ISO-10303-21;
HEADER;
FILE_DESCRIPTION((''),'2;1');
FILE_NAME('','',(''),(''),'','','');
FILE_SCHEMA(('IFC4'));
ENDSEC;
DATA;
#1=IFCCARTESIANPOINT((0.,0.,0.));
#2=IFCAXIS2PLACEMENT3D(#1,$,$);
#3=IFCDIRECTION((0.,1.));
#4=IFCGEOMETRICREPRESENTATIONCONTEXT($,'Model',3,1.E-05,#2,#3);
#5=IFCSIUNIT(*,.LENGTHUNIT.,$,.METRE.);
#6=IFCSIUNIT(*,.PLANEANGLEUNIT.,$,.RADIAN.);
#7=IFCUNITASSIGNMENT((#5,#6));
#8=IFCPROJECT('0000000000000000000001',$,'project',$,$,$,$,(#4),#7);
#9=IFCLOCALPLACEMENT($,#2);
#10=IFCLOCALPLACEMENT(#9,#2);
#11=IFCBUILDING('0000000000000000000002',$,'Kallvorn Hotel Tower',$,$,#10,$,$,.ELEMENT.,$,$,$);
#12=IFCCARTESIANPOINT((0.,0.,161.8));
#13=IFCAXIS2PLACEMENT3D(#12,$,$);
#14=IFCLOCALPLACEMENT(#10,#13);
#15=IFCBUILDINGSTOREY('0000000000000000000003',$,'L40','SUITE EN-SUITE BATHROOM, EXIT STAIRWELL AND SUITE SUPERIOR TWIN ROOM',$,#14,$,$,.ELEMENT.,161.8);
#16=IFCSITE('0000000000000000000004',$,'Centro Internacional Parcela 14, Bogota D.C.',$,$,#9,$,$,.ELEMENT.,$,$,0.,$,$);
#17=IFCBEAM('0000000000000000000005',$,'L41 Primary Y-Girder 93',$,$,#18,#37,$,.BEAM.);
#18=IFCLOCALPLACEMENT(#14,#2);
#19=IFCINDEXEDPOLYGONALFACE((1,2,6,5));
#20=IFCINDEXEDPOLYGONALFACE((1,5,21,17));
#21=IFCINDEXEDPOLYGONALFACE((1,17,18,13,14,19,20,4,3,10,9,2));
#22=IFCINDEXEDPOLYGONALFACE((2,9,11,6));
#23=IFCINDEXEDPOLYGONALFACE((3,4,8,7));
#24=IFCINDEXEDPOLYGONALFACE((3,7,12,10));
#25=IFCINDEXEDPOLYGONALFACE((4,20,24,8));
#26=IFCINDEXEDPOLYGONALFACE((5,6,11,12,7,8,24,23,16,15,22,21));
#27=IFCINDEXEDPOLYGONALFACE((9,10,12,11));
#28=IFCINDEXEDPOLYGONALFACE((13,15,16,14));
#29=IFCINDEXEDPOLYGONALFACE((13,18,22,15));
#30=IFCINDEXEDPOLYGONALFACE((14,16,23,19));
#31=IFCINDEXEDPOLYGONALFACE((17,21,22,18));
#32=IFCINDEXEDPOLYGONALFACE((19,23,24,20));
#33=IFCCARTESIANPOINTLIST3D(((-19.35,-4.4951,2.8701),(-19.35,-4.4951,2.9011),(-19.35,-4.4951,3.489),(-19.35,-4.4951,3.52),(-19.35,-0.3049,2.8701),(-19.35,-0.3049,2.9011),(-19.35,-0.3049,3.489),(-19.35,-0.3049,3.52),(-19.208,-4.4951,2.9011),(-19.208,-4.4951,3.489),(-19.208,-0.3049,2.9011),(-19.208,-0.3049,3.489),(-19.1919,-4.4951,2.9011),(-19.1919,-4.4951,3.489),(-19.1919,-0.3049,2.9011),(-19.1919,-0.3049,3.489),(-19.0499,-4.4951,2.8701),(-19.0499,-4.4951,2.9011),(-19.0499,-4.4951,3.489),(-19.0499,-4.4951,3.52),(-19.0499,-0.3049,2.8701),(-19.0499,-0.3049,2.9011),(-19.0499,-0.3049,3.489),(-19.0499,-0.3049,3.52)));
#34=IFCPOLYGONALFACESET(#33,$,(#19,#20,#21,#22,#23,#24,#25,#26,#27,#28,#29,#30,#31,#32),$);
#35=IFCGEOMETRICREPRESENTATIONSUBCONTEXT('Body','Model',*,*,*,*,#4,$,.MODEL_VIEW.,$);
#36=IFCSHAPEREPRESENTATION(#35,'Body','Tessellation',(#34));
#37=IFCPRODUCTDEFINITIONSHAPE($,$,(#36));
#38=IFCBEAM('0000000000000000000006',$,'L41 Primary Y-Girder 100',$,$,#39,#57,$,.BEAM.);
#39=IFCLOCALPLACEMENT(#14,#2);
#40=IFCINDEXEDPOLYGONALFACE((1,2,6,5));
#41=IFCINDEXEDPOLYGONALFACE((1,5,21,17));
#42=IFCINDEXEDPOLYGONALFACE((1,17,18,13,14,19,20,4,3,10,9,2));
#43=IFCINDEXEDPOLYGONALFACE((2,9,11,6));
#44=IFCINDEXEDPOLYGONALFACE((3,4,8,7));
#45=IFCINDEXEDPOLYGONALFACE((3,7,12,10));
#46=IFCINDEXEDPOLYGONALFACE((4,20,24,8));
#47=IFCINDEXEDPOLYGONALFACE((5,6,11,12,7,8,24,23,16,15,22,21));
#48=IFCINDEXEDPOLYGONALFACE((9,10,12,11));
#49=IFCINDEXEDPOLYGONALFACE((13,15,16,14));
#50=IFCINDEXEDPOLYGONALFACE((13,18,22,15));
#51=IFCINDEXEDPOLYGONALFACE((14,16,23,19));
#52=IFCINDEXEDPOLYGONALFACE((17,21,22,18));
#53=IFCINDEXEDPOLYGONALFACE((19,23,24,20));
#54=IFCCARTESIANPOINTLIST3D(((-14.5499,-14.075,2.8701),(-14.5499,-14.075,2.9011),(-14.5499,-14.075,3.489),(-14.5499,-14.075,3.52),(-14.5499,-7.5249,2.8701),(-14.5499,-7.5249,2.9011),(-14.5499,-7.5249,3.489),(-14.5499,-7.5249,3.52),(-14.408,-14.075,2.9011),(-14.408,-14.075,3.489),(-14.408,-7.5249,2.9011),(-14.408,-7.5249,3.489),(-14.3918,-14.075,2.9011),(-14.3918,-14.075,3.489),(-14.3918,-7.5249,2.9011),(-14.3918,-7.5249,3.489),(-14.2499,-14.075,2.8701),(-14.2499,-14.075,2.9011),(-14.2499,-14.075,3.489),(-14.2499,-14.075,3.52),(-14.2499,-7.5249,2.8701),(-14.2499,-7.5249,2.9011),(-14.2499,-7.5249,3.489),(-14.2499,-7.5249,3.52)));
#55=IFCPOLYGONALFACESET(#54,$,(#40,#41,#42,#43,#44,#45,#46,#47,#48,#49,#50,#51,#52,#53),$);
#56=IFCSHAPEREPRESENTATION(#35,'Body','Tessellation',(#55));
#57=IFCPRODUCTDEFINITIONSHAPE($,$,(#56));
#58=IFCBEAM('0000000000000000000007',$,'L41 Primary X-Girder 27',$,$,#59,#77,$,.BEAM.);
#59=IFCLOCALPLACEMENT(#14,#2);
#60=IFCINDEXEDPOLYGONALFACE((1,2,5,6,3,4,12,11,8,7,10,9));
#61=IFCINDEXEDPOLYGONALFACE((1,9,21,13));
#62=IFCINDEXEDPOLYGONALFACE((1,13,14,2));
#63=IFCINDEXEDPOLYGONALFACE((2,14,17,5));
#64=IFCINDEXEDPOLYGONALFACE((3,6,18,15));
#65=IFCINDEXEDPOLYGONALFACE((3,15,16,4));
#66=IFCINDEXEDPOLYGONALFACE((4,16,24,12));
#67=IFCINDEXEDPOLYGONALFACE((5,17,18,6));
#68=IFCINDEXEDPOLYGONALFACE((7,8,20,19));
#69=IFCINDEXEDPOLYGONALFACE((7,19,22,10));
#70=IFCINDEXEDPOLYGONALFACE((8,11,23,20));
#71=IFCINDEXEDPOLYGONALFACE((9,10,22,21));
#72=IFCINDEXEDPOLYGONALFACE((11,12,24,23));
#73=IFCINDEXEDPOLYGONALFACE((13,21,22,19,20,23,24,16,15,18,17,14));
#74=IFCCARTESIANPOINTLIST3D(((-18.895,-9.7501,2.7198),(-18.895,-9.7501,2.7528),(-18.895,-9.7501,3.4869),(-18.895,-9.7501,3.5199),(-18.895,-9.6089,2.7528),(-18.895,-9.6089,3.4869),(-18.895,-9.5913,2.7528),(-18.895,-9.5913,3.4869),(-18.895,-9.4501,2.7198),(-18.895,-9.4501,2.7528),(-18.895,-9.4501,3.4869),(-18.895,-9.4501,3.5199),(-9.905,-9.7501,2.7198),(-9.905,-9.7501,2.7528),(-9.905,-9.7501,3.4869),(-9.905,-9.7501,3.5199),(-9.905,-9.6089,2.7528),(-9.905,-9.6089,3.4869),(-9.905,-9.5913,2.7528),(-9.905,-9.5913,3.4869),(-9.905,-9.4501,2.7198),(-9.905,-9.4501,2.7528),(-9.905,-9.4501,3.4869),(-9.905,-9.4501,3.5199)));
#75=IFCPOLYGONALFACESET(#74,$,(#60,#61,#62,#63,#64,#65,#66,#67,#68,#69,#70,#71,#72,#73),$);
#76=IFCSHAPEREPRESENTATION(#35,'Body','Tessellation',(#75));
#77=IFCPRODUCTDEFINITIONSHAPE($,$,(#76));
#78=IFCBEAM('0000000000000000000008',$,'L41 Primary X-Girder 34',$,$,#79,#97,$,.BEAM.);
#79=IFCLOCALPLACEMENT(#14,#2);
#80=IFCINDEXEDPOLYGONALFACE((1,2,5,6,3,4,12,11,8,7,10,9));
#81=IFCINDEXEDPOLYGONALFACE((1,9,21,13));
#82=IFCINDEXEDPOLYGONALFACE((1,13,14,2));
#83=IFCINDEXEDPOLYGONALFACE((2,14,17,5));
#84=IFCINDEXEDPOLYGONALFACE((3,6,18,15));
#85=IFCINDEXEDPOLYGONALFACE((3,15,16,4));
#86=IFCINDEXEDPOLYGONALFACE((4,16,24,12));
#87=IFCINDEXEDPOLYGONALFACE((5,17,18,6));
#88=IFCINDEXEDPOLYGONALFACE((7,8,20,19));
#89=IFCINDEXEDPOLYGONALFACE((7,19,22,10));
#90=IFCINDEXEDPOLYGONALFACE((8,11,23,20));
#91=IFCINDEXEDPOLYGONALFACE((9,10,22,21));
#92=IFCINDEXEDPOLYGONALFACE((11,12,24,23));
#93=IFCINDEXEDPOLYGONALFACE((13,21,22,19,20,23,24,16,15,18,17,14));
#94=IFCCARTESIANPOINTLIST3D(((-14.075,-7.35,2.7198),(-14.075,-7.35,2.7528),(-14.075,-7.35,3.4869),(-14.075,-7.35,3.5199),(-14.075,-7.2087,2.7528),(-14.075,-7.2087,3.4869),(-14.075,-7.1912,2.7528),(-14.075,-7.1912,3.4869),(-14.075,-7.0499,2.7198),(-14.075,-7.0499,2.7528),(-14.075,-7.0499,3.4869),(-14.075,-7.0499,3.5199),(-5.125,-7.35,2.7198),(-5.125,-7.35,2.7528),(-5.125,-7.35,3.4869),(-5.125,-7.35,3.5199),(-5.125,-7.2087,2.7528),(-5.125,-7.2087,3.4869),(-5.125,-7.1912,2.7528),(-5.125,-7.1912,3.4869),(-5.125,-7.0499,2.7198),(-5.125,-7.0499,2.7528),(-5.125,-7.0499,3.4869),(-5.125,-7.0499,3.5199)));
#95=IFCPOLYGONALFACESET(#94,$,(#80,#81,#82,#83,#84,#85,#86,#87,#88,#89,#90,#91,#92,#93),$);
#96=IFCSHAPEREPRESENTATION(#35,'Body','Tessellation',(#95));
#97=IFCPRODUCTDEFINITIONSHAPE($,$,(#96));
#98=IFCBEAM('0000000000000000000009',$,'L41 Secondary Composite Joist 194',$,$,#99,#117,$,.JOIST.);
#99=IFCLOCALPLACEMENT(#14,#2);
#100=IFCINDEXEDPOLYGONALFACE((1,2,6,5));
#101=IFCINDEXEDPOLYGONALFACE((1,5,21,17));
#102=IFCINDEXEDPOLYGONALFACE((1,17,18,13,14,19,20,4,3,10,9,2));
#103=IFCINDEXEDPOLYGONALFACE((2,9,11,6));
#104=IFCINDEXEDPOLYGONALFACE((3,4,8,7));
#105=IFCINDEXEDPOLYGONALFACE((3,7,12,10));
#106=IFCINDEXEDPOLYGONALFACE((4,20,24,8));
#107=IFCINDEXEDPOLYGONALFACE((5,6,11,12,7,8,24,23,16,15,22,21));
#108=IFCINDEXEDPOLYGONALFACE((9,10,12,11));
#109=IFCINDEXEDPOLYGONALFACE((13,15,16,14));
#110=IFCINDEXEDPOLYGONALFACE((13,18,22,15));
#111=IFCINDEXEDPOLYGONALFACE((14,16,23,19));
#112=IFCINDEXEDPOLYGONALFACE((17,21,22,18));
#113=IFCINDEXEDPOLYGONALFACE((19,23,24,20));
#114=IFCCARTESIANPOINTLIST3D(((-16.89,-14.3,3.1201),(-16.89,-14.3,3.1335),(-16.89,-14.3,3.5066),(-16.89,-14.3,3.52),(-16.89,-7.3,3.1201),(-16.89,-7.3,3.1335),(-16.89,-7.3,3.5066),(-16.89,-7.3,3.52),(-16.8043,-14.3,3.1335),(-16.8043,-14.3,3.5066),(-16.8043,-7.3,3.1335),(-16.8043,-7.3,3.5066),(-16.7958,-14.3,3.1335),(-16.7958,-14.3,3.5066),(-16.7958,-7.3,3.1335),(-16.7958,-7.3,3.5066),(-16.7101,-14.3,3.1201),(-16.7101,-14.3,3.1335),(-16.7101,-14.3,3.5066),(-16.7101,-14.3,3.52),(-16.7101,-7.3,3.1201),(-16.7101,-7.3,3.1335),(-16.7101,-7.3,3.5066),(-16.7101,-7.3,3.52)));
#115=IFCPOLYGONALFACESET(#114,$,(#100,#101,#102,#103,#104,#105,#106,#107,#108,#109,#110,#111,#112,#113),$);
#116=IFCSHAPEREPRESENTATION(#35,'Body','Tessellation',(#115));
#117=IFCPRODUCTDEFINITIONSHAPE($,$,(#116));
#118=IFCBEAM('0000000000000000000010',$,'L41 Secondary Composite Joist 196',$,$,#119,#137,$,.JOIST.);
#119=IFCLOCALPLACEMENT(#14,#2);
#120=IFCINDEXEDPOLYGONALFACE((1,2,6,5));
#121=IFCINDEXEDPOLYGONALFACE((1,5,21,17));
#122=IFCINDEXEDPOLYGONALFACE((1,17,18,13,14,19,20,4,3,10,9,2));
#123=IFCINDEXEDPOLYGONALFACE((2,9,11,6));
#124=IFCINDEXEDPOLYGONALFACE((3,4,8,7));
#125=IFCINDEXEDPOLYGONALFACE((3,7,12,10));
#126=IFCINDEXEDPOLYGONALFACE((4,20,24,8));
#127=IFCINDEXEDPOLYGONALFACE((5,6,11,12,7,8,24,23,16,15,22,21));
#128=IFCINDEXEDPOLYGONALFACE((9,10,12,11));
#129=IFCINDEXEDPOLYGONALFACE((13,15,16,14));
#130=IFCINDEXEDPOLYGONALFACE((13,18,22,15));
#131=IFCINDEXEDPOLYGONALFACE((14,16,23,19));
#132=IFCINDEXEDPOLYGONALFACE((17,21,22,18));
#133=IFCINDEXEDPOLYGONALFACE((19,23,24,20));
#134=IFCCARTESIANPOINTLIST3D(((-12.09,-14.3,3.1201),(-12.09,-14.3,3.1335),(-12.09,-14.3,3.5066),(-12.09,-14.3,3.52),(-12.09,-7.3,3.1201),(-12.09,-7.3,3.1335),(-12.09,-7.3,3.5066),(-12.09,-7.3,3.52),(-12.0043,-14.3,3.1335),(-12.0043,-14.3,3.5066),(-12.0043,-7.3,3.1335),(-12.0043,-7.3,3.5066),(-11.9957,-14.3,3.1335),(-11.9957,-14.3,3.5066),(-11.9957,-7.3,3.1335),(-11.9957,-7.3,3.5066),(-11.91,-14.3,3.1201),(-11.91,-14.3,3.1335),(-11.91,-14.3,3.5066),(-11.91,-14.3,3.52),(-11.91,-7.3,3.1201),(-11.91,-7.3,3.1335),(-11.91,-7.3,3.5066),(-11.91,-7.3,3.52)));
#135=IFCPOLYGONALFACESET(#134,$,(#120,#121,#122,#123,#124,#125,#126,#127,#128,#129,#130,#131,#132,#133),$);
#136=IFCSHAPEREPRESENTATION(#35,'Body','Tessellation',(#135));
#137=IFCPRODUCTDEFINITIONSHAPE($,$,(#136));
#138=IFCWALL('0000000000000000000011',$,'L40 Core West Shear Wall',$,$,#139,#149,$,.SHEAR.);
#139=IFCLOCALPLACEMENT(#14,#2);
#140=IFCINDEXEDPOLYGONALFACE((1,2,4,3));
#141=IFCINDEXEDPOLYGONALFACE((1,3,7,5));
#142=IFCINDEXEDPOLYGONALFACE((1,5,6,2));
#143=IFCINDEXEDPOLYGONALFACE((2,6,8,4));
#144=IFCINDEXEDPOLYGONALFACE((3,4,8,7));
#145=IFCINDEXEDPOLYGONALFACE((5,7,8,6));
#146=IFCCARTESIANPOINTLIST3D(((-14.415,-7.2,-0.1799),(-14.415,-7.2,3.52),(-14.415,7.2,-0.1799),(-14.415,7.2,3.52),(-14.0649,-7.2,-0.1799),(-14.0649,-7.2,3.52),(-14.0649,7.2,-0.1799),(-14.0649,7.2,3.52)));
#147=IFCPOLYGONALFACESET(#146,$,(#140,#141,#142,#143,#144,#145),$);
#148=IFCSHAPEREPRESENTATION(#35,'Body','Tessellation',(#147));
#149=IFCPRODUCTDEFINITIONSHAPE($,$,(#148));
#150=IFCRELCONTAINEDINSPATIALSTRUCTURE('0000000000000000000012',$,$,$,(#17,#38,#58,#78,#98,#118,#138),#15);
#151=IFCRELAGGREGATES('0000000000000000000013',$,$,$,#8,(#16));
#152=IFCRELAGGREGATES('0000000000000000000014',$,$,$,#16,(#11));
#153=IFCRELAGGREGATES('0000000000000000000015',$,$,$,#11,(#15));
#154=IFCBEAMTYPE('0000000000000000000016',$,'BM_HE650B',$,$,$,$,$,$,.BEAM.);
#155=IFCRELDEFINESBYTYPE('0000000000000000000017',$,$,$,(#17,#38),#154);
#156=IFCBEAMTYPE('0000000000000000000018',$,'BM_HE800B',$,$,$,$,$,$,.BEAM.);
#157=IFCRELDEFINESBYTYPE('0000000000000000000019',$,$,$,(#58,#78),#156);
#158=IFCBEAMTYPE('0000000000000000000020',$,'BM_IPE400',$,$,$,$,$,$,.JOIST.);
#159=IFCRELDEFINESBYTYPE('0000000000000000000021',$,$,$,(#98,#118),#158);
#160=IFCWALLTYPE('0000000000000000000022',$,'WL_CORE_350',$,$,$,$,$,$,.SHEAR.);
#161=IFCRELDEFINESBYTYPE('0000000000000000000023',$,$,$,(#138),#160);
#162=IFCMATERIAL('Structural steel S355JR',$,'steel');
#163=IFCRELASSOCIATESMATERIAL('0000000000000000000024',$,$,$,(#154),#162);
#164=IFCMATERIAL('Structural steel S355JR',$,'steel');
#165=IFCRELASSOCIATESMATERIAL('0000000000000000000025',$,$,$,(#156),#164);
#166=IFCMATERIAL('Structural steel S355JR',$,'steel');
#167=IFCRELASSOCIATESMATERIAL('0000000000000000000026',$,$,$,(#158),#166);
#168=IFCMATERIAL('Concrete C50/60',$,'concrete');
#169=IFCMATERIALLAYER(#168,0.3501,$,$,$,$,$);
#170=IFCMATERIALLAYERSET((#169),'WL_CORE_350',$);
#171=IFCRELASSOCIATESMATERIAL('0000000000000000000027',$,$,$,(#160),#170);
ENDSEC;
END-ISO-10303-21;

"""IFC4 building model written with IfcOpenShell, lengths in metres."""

from ifc_helpers import new_model, si_unit, direction, frame, frame_2d, origin, origin_2d, place, context, subcontext, project, spatial, rectangle, i_section, extrude, material, layer, layer_set, material_profile, profile_set, type_object, element, save


model = new_model("IFC4")

# Units and contexts
model_context = context("Model", 3, precision=1e-05, world=origin(), true_north=direction((0.0, 1.0)))
body_context = subcontext(model_context, "Body", "Model", "MODEL_VIEW")
ifc_project = project(units=[si_unit("LENGTHUNIT", "METRE"), si_unit("PLANEANGLEUNIT", "RADIAN")], contexts=[model_context])

# Site, building, storey
site_placement = place(None, origin())
site = spatial("IfcSite", under=ifc_project, at=site_placement, Name="Centro Internacional Parcela 14, Bogota D.C.", CompositionType="ELEMENT", RefElevation=0.0)
building_placement = place(site_placement, origin())
building = spatial("IfcBuilding", under=site, at=building_placement, Name="Kallvorn Hotel Tower", CompositionType="ELEMENT")
storey_placement = place(building_placement, frame((0.0, 0.0, 161.8)))
storey = spatial("IfcBuildingStorey", under=building, at=storey_placement, Name="L40", Description="SUITE EN-SUITE BATHROOM, EXIT STAIRWELL AND SUITE SUPERIOR TWIN ROOM", CompositionType="ELEMENT", Elevation=161.8)

# Beams
ifc_material_1 = material(Name="Structural steel S355JR", Category="steel")
ifc_material_profile_1 = material_profile(ifc_material_1, i_section(OverallWidth=0.3, OverallDepth=0.6499, WebThickness=0.0161, FlangeThickness=0.031, at=origin_2d()), Name="HE 650 B")
ifc_profile_set_1 = profile_set([ifc_material_profile_1], Name="Structural steel S355JR")
beam_type_1 = type_object("IfcBeamType", Name="BM_HE650B", PredefinedType="BEAM", material=ifc_profile_set_1)
beam_1_placement = place(storey_placement, frame((-19.2, -4.4951, 3.1951), z_axis=(0.0, 1.0, 0.0), x_axis=(-1.0, 0.0, 0.0)))
element("IfcBeam", 1, at=beam_1_placement, inside=storey, type_object=beam_type_1, Name="L41 Primary Y-Girder 93", PredefinedType="BEAM", context=body_context, shape_type="SweptSolid", body=[
    extrude(i_section(OverallWidth=0.3, OverallDepth=0.6499, WebThickness=0.0161, FlangeThickness=0.031, at=origin_2d()), origin(), (0.0, 0.0, 1.0), 4.1902),
])
beam_2_placement = place(storey_placement, frame((-14.3999, -14.075, 3.1951), z_axis=(0.0, 1.0, 0.0), x_axis=(-1.0, 0.0, 0.0)))
element("IfcBeam", 2, at=beam_2_placement, inside=storey, type_object=beam_type_1, Name="L41 Primary Y-Girder 100", PredefinedType="BEAM", context=body_context, shape_type="SweptSolid", body=[
    extrude(i_section(OverallWidth=0.3, OverallDepth=0.6499, WebThickness=0.0161, FlangeThickness=0.031, at=origin_2d()), origin(), (0.0, 0.0, 1.0), 6.55),
])
ifc_material_2 = material(Name="Structural steel S355JR", Category="steel")
ifc_material_profile_2 = material_profile(ifc_material_2, i_section(OverallWidth=0.3, OverallDepth=0.8, WebThickness=0.0176, FlangeThickness=0.033, at=origin_2d()), Name="HE 800 B")
ifc_profile_set_2 = profile_set([ifc_material_profile_2], Name="Structural steel S355JR")
beam_type_2 = type_object("IfcBeamType", Name="BM_HE800B", PredefinedType="BEAM", material=ifc_profile_set_2)
beam_3_placement = place(storey_placement, frame((-18.895, -9.6001, 3.1199), z_axis=(1.0, 0.0, 0.0), x_axis=(0.0, 1.0, 0.0)))
element("IfcBeam", 3, at=beam_3_placement, inside=storey, type_object=beam_type_2, Name="L41 Primary X-Girder 27", PredefinedType="BEAM", context=body_context, shape_type="SweptSolid", body=[
    extrude(i_section(OverallWidth=0.3, OverallDepth=0.8, WebThickness=0.0176, FlangeThickness=0.033, at=origin_2d()), origin(), (0.0, 0.0, 1.0), 8.99),
])
beam_4_placement = place(storey_placement, frame((-14.075, -7.2, 3.1199), z_axis=(1.0, 0.0, 0.0), x_axis=(0.0, 1.0, 0.0)))
element("IfcBeam", 4, at=beam_4_placement, inside=storey, type_object=beam_type_2, Name="L41 Primary X-Girder 34", PredefinedType="BEAM", context=body_context, shape_type="SweptSolid", body=[
    extrude(i_section(OverallWidth=0.3, OverallDepth=0.8, WebThickness=0.0176, FlangeThickness=0.033, at=origin_2d()), origin(), (0.0, 0.0, 1.0), 8.95),
])
ifc_material_3 = material(Name="Structural steel S355JR", Category="steel")
ifc_material_profile_3 = material_profile(ifc_material_3, i_section(OverallWidth=0.1799, OverallDepth=0.3999, WebThickness=0.0085, FlangeThickness=0.0134, at=origin_2d()), Name="IPE 400")
ifc_profile_set_3 = profile_set([ifc_material_profile_3], Name="Structural steel S355JR")
beam_type_3 = type_object("IfcBeamType", Name="BM_IPE400", PredefinedType="JOIST", material=ifc_profile_set_3)
for number, where, z_axis, x_axis, name in (
    (5, (-16.8, -14.3, 3.3201), (0.0, 1.0, 0.0), (-1.0, 0.0, 0.0), "L41 Secondary Composite Joist 194"),
    (6, (-12.0, -14.3, 3.3201), (0.0, 1.0, 0.0), (-1.0, 0.0, 0.0), "L41 Secondary Composite Joist 196"),
):
    element("IfcBeam", number, at=place(storey_placement, frame(where, z_axis=z_axis, x_axis=x_axis)), inside=storey, type_object=beam_type_3, Name=name, PredefinedType="JOIST", context=body_context, shape_type="SweptSolid", body=[
        extrude(i_section(OverallWidth=0.1799, OverallDepth=0.3999, WebThickness=0.0085, FlangeThickness=0.0134, at=origin_2d()), origin(), (0.0, 0.0, 1.0), 7.0),
    ])

# Wall
ifc_material_4 = material(Name="Concrete C50/60", Category="concrete")
ifc_layer_1 = layer(ifc_material_4, 0.3501)
ifc_layer_set_1 = layer_set([ifc_layer_1], Name="WL_CORE_350")
wall_type_1 = type_object("IfcWallType", Name="WL_CORE_350", PredefinedType="SHEAR", material=ifc_layer_set_1)
wall_1_placement = place(storey_placement, frame((-14.24, -7.2, -0.1799), z_axis=(0.0, 0.0, 1.0), x_axis=(0.0, 1.0, 0.0)))
element("IfcWall", 7, at=wall_1_placement, inside=storey, type_object=wall_type_1, Name="L40 Core West Shear Wall", PredefinedType="SHEAR", context=body_context, shape_type="SweptSolid", body=[
    extrude(rectangle(XDim=14.3999, YDim=0.3501, at=frame_2d((7.2, 0.0))), origin(), (0.0, 0.0, 1.0), 3.7),
])

save(model, "model.ifc")
